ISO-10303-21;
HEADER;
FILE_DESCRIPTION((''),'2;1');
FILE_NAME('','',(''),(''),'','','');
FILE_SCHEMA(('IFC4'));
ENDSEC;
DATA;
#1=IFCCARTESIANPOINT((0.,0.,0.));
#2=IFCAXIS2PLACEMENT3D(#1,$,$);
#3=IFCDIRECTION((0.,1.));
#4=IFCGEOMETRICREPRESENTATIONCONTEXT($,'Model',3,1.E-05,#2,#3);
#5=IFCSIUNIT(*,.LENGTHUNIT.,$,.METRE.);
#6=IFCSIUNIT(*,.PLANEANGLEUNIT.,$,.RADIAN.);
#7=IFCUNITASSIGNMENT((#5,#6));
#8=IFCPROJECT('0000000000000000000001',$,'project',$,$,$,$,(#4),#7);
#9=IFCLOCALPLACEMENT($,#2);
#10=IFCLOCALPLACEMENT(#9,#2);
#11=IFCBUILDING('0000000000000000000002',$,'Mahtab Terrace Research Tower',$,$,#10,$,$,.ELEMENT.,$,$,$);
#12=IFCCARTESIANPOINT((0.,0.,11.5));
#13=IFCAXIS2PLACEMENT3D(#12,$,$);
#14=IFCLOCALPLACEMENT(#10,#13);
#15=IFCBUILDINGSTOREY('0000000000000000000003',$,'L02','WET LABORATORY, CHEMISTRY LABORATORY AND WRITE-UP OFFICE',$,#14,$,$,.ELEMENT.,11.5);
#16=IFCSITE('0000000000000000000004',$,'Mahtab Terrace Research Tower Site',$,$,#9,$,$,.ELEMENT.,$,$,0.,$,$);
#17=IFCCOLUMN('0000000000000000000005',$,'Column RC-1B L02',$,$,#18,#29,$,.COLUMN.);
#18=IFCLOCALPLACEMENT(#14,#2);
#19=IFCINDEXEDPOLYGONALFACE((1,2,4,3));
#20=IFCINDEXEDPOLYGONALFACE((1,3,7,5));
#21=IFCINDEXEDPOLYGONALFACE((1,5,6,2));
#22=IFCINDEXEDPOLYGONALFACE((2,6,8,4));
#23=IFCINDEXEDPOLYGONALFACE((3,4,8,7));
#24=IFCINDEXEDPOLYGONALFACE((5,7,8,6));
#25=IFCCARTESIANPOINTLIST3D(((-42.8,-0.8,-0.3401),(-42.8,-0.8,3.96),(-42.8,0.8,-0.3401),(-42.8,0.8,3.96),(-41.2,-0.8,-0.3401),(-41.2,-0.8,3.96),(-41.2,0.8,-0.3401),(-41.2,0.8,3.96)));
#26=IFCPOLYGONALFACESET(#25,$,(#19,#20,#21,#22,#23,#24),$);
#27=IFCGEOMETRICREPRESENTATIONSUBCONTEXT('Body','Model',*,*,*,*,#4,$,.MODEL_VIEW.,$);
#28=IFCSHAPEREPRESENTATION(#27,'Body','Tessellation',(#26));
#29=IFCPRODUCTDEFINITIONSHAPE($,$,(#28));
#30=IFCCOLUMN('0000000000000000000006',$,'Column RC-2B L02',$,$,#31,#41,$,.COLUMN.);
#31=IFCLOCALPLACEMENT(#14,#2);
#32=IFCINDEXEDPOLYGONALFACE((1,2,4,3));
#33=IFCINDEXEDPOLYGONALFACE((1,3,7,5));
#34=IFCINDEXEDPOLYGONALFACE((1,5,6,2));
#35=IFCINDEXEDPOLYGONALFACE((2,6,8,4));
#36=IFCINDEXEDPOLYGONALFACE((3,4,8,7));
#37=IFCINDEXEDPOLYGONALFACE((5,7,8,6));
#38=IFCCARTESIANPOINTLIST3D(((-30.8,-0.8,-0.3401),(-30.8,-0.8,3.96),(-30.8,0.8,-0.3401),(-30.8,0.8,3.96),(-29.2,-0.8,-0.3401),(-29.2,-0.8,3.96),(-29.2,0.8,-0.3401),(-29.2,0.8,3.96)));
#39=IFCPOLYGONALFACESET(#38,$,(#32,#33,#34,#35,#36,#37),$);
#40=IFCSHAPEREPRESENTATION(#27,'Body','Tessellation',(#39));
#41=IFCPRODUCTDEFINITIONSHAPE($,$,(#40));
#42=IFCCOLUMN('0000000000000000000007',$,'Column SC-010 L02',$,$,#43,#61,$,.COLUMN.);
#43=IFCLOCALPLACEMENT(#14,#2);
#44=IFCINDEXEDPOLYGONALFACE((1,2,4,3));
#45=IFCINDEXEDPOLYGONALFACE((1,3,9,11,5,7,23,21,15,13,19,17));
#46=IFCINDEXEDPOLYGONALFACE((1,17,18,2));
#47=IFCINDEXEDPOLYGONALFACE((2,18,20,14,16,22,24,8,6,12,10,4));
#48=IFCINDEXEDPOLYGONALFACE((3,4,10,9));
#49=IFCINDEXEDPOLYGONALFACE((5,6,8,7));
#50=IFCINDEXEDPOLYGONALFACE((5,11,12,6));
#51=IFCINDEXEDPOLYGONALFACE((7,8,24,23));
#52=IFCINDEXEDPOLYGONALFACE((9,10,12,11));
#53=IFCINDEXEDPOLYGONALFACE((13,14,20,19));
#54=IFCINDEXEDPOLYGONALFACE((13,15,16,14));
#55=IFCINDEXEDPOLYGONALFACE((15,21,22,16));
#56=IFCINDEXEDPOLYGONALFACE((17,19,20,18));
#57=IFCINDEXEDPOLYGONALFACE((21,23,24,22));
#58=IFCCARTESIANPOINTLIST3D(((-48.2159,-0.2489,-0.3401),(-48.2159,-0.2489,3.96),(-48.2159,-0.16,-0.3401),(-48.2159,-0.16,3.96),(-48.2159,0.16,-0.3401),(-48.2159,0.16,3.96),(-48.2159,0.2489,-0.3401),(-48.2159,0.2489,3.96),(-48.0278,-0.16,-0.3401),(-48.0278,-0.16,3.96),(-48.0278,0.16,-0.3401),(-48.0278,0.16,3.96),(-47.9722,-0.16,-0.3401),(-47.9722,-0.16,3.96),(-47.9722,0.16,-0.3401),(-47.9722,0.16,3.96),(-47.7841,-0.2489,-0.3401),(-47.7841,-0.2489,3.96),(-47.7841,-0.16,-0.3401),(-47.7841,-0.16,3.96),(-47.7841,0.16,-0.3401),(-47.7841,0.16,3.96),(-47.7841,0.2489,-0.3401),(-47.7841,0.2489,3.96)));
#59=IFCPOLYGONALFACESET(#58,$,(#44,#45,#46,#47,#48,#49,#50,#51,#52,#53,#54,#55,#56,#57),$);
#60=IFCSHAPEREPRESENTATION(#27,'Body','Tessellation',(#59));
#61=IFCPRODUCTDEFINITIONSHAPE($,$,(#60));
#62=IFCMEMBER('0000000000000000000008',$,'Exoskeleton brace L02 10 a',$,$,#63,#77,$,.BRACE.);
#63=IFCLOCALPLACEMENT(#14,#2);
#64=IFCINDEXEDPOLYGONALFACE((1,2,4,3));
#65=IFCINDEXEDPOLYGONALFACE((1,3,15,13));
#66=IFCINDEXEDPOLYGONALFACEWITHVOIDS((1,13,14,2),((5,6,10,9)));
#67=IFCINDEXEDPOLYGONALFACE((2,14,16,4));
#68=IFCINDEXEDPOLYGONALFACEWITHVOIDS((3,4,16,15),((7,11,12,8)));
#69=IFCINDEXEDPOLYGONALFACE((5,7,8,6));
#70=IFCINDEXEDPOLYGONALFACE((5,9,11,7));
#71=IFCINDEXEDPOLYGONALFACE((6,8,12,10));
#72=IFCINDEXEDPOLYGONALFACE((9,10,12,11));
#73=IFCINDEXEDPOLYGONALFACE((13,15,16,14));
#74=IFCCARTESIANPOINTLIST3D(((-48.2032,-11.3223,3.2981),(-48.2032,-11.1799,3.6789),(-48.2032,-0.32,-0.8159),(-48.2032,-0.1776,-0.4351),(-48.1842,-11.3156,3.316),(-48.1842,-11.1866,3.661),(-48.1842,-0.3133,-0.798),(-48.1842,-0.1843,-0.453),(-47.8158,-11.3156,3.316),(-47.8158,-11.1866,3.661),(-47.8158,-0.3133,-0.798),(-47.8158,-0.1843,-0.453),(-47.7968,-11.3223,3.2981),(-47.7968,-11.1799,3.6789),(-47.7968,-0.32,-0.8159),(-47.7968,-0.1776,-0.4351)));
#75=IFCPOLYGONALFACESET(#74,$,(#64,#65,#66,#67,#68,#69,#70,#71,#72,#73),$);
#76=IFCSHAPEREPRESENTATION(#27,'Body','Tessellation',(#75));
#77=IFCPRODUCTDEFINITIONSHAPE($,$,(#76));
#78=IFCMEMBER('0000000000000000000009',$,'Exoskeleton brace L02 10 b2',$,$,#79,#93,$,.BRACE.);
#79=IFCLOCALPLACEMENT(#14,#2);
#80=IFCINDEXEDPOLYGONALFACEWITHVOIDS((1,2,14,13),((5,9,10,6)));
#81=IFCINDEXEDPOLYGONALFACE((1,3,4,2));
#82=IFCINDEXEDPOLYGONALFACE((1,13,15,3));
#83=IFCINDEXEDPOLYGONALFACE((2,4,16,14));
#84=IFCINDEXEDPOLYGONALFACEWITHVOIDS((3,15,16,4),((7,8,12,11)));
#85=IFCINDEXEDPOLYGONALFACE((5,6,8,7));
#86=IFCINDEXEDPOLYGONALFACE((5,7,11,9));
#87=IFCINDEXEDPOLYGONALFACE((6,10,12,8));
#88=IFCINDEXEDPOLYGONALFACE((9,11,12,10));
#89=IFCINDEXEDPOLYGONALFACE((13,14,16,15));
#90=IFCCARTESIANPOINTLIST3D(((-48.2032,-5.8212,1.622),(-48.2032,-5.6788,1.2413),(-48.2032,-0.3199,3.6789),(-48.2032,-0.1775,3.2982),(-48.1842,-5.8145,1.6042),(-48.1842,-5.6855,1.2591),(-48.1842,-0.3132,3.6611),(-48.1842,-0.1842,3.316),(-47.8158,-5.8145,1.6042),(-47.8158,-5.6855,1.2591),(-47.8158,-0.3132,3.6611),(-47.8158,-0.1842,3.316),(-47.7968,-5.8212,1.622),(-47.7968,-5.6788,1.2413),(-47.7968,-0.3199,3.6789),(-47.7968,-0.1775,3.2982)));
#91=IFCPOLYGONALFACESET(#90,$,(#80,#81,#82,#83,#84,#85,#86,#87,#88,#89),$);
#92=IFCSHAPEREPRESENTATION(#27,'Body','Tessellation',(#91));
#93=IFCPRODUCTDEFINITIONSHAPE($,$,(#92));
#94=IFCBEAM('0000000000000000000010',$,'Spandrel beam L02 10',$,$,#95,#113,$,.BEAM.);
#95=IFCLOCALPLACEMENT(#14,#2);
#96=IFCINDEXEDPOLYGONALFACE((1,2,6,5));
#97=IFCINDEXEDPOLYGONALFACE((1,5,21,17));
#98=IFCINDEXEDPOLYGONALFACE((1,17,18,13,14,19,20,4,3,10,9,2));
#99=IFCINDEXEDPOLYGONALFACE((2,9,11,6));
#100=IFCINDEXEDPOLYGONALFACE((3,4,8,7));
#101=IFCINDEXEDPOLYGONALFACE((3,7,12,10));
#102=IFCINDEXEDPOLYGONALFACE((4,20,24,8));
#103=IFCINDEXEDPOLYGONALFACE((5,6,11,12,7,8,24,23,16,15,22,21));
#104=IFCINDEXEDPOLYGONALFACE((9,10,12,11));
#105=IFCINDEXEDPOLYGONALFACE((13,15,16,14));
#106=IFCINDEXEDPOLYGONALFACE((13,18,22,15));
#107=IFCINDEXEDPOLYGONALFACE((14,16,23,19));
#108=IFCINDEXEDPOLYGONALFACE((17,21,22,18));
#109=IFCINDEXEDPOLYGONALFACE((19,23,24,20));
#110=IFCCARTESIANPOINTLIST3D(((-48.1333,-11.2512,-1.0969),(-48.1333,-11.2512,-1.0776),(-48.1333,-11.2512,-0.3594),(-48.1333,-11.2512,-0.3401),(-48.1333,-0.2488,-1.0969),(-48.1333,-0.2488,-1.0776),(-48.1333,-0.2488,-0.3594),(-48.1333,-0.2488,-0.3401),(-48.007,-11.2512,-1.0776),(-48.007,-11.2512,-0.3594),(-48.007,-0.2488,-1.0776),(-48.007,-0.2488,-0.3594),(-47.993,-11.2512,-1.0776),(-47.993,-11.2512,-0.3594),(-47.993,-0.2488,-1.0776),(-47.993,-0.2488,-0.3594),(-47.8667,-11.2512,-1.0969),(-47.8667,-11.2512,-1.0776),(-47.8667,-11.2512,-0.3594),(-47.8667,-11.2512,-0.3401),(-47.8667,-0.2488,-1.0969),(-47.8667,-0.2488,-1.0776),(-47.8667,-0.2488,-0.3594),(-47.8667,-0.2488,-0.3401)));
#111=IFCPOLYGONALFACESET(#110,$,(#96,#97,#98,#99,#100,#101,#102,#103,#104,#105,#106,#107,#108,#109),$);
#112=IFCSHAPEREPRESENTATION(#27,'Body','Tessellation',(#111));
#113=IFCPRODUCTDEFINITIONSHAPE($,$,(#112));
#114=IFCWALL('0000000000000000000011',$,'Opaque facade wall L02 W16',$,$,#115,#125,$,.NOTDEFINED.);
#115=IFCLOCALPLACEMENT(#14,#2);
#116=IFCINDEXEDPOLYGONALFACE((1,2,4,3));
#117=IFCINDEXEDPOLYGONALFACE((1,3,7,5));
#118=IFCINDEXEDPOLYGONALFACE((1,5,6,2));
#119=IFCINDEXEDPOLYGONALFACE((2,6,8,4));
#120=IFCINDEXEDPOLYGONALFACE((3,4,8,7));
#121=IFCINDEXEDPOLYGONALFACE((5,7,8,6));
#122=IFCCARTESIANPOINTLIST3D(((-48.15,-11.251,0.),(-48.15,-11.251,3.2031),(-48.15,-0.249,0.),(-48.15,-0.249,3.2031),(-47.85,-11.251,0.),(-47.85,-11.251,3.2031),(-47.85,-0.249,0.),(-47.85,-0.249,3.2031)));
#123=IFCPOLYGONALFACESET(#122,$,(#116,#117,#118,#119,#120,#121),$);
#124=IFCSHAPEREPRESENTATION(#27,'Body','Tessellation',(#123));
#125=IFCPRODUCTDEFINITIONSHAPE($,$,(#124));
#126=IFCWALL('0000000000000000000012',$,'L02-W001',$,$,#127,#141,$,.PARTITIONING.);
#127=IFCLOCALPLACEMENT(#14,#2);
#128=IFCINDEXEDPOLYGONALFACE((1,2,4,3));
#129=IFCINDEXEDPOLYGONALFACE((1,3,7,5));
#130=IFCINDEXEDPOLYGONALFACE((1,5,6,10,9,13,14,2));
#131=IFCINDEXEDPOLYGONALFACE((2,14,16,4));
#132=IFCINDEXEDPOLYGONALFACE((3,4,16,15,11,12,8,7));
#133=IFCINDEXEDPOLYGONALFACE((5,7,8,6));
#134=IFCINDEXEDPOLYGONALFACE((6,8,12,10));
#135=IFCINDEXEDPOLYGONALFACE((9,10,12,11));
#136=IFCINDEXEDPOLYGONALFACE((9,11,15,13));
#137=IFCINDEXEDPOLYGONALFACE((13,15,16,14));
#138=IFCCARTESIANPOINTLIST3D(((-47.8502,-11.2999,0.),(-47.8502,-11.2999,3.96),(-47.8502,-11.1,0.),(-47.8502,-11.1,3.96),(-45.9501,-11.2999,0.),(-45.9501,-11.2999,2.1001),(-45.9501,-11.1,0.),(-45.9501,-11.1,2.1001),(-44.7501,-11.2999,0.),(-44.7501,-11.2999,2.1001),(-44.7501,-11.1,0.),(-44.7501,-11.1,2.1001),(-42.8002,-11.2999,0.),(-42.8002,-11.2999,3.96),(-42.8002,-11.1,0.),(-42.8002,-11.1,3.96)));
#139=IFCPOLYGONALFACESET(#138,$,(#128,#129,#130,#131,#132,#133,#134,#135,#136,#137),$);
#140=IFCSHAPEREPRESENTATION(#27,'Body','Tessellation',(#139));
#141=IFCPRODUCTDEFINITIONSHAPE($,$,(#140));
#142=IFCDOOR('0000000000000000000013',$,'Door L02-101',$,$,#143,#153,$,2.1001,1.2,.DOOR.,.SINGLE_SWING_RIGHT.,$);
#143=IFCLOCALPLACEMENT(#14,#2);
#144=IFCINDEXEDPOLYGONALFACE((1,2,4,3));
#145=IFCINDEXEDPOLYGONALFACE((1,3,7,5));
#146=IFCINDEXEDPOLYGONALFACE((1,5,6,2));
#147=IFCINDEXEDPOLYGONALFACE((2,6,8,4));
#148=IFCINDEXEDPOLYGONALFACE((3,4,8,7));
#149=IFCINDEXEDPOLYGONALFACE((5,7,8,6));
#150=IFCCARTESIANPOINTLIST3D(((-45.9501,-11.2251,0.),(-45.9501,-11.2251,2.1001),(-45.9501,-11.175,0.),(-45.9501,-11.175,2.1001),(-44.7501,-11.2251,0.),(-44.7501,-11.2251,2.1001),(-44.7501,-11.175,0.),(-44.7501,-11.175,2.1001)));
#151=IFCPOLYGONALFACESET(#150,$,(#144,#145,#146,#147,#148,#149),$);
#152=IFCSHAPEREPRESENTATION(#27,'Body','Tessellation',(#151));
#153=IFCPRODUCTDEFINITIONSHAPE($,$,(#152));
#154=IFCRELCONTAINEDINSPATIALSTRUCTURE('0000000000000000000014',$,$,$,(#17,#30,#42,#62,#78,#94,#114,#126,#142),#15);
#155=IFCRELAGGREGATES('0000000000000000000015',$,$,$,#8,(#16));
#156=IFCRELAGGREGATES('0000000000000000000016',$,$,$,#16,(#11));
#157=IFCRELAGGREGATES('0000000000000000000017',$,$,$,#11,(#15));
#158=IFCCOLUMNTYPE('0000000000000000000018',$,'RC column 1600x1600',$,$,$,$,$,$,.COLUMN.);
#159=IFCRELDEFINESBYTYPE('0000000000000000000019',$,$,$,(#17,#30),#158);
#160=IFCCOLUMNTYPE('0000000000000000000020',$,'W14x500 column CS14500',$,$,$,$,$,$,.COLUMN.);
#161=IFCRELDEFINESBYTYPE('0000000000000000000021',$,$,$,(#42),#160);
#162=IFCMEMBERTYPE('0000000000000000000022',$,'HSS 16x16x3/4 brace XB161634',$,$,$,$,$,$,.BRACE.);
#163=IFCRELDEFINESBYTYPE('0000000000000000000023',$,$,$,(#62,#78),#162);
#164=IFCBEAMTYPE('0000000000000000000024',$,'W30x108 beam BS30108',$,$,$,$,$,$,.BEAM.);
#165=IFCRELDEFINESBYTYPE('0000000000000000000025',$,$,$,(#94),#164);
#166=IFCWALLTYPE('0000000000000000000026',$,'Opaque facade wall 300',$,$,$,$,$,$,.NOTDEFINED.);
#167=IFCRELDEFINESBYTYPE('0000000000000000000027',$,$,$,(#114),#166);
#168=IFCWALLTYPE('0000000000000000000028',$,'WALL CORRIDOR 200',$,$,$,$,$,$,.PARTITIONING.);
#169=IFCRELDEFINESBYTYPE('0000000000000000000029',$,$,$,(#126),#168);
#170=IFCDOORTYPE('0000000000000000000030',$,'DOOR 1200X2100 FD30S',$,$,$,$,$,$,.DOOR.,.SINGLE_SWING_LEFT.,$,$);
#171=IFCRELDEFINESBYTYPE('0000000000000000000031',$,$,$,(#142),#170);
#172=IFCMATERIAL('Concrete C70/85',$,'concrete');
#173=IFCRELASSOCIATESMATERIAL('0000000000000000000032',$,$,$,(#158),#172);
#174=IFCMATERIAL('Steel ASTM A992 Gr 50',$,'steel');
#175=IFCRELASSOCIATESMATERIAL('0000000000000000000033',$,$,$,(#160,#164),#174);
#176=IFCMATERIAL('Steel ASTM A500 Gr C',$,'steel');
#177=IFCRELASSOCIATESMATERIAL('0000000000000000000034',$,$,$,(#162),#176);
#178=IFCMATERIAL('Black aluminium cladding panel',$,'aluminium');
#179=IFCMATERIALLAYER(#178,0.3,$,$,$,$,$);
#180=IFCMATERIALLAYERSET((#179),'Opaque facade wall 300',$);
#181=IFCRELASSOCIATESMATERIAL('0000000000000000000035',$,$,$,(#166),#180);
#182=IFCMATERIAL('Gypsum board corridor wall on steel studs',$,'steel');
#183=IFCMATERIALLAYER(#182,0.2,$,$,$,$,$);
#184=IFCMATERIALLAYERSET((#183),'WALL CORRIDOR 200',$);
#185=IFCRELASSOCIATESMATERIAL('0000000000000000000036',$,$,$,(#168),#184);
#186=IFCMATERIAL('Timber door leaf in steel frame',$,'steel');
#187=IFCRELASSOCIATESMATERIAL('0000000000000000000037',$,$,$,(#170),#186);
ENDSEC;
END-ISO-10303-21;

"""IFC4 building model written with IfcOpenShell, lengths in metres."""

from ifc_helpers import new_model, si_unit, direction, frame, frame_2d, origin, origin_2d, place, context, subcontext, project, spatial, rectangle, hollow_rectangle, i_section, extrude, material, layer, layer_set, material_profile, profile_set, type_object, element, fill, save


model = new_model("IFC4")

# Units and contexts
model_context = context("Model", 3, precision=1e-05, world=origin(), true_north=direction((0.0, 1.0)))
body_context = subcontext(model_context, "Body", "Model", "MODEL_VIEW")
ifc_project = project(units=[si_unit("LENGTHUNIT", "METRE"), si_unit("PLANEANGLEUNIT", "RADIAN")], contexts=[model_context])

# Site, building, storey
site_placement = place(None, origin())
site = spatial("IfcSite", under=ifc_project, at=site_placement, Name="Mahtab Terrace Research Tower Site", CompositionType="ELEMENT", RefElevation=0.0)
building_placement = place(site_placement, origin())
building = spatial("IfcBuilding", under=site, at=building_placement, Name="Mahtab Terrace Research Tower", CompositionType="ELEMENT")
storey_placement = place(building_placement, frame((0.0, 0.0, 11.5)))
storey = spatial("IfcBuildingStorey", under=building, at=storey_placement, Name="L02", Description="WET LABORATORY, CHEMISTRY LABORATORY AND WRITE-UP OFFICE", CompositionType="ELEMENT", Elevation=11.5)

# Columns
ifc_material_1 = material(Name="Concrete C70/85", Category="concrete")
ifc_material_profile_1 = material_profile(ifc_material_1, rectangle(XDim=1.6001, YDim=1.6001, at=origin_2d()), Name="RC column 1600x1600")
ifc_profile_set_1 = profile_set([ifc_material_profile_1], Name="Concrete C70/85")
column_type_1 = type_object("IfcColumnType", Name="RC column 1600x1600", PredefinedType="COLUMN", material=ifc_profile_set_1)
for number, where, z_axis, x_axis, name in (
    (1, (-42.0, 0.0, -0.3401), (0.0, 0.0, 1.0), (1.0, 0.0, 0.0), "Column RC-1B L02"),
    (2, (-30.0, 0.0, -0.3401), (0.0, 0.0, 1.0), (1.0, 0.0, 0.0), "Column RC-2B L02"),
):
    element("IfcColumn", number, at=place(storey_placement, frame(where, z_axis=z_axis, x_axis=x_axis)), inside=storey, type_object=column_type_1, Name=name, PredefinedType="COLUMN", context=body_context, shape_type="SweptSolid", body=[
        extrude(rectangle(XDim=1.6001, YDim=1.6001, at=origin_2d()), origin(), (0.0, 0.0, 1.0), 4.3),
    ])
ifc_material_2 = material(Name="Steel ASTM A992 Gr 50", Category="steel")
ifc_material_profile_2 = material_profile(ifc_material_2, i_section(OverallWidth=0.4319, OverallDepth=0.4978, WebThickness=0.0557, FlangeThickness=0.0889, at=origin_2d()), Name="W14X500")
ifc_profile_set_2 = profile_set([ifc_material_profile_2], Name="Steel ASTM A992 Gr 50")
column_type_2 = type_object("IfcColumnType", Name="W14x500 column CS14500", PredefinedType="COLUMN", material=ifc_profile_set_2)
column_placement = place(storey_placement, frame((-48.0, 0.0, -0.3401), z_axis=(0.0, 0.0, 1.0), x_axis=(1.0, 0.0, 0.0)))
element("IfcColumn", 3, at=column_placement, inside=storey, type_object=column_type_2, Name="Column SC-010 L02", PredefinedType="COLUMN", context=body_context, shape_type="SweptSolid", body=[
    extrude(i_section(OverallWidth=0.4319, OverallDepth=0.4978, WebThickness=0.0557, FlangeThickness=0.0889, at=origin_2d()), origin(), (0.0, 0.0, 1.0), 4.3),
])

# Members
ifc_material_3 = material(Name="Steel ASTM A500 Gr C", Category="steel")
ifc_material_profile_3 = material_profile(ifc_material_3, hollow_rectangle(XDim=0.4065, YDim=0.4065, WallThickness=0.019, at=origin_2d()), Name="HSS16X16X3/4")
ifc_profile_set_3 = profile_set([ifc_material_profile_3], Name="Steel ASTM A500 Gr C")
member_type = type_object("IfcMemberType", Name="HSS 16x16x3/4 brace XB161634", PredefinedType="BRACE", material=ifc_profile_set_3)
member_1_placement = place(storey_placement, frame((-48.0, -0.2488, -0.6255), z_axis=(0.0, -0.936662, 0.350235), x_axis=(1.0, 0.0, 0.0)))
element("IfcMember", 4, at=member_1_placement, inside=storey, type_object=member_type, Name="Exoskeleton brace L02 10 a", PredefinedType="BRACE", context=body_context, shape_type="SweptSolid", body=[
    extrude(hollow_rectangle(XDim=0.4065, YDim=0.4065, WallThickness=0.019, at=origin_2d()), origin(), (0.0, 0.0, 1.0), 11.7463),
])
member_2_placement = place(storey_placement, frame((-48.0, -5.75, 1.4316), z_axis=(0.0, 0.936669, 0.350217), x_axis=(-1.0, 0.0, 0.0)))
element("IfcMember", 5, at=member_2_placement, inside=storey, type_object=member_type, Name="Exoskeleton brace L02 10 b2", PredefinedType="BRACE", context=body_context, shape_type="SweptSolid", body=[
    extrude(hollow_rectangle(XDim=0.4065, YDim=0.4065, WallThickness=0.019, at=origin_2d()), origin(), (0.0, 0.0, 1.0), 5.8733),
])

# Beam
ifc_material_profile_4 = material_profile(ifc_material_2, i_section(OverallWidth=0.2666, OverallDepth=0.7568, WebThickness=0.0139, FlangeThickness=0.0193, at=origin_2d()), Name="W30X108")
ifc_profile_set_4 = profile_set([ifc_material_profile_4], Name="Steel ASTM A992 Gr 50")
beam_type = type_object("IfcBeamType", Name="W30x108 beam BS30108", PredefinedType="BEAM", material=ifc_profile_set_4)
beam_placement = place(storey_placement, frame((-48.0, -0.2488, -0.7185), z_axis=(0.0, -1.0, 0.0), x_axis=(1.0, 0.0, 0.0)))
element("IfcBeam", 6, at=beam_placement, inside=storey, type_object=beam_type, Name="Spandrel beam L02 10", PredefinedType="BEAM", context=body_context, shape_type="SweptSolid", body=[
    extrude(i_section(OverallWidth=0.2666, OverallDepth=0.7568, WebThickness=0.0139, FlangeThickness=0.0193, at=origin_2d()), origin(), (0.0, 0.0, 1.0), 11.0024),
])

# Wall
ifc_material_4 = material(Name="Black aluminium cladding panel", Category="aluminium")
ifc_layer_1 = layer(ifc_material_4, 0.3)
ifc_layer_set_1 = layer_set([ifc_layer_1], Name="Opaque facade wall 300")
wall_type_1 = type_object("IfcWallType", Name="Opaque facade wall 300", PredefinedType="NOTDEFINED", material=ifc_layer_set_1)
wall_1_placement = place(storey_placement, frame((-48.0, -0.249, 0.0), z_axis=(0.0, 0.0, 1.0), x_axis=(0.0, -1.0, 0.0)))
element("IfcWall", 7, at=wall_1_placement, inside=storey, type_object=wall_type_1, Name="Opaque facade wall L02 W16", PredefinedType="NOTDEFINED", context=body_context, shape_type="SweptSolid", body=[
    extrude(rectangle(XDim=11.002, YDim=0.3, at=frame_2d((5.501, 0.0))), origin(), (0.0, 0.0, 1.0), 3.2031),
])

# Wall, opening, door
ifc_material_5 = material(Name="Gypsum board corridor wall on steel studs", Category="steel")
ifc_layer_2 = layer(ifc_material_5, 0.2)
ifc_layer_set_2 = layer_set([ifc_layer_2], Name="WALL CORRIDOR 200")
wall_type_2 = type_object("IfcWallType", Name="WALL CORRIDOR 200", PredefinedType="PARTITIONING", material=ifc_layer_set_2)
wall_2_placement = place(storey_placement, frame((-47.8501, -11.2, 0.0), z_axis=(0.0, 0.0, 1.0), x_axis=(1.0, 0.0, 0.0)))
wall_2 = element("IfcWall", 8, at=wall_2_placement, inside=storey, type_object=wall_type_2, Name="L02-W001", PredefinedType="PARTITIONING", context=body_context, shape_type="SweptSolid", body=[
    extrude(rectangle(XDim=5.05, YDim=0.2, at=frame_2d((2.5249, 0.0))), origin(), (0.0, 0.0, 1.0), 3.96),
])
opening_1_placement = place(wall_2_placement, frame((1.8999, 0.0, 0.0)))
opening_1 = element("IfcOpeningElement", 9, at=opening_1_placement, cuts=wall_2, PredefinedType="OPENING", context=body_context, shape_type="SweptSolid", body=[
    extrude(rectangle(XDim=1.2, YDim=2.1001, at=frame_2d((0.6001, 1.05))), frame((0.0, 0.1099, 0.0), z_axis=(0.0, -1.0, 0.0), x_axis=(1.0, 0.0, 0.0)), (0.0, 0.0, 1.0), 0.22),
])
ifc_material_6 = material(Name="Timber door leaf in steel frame", Category="steel")
door_type = type_object("IfcDoorType", Name="DOOR 1200X2100 FD30S", OperationType="SINGLE_SWING_LEFT", PredefinedType="DOOR", material=ifc_material_6)
door_1_placement = place(opening_1_placement, origin())
door_1 = element("IfcDoor", 10, at=door_1_placement, inside=storey, type_object=door_type, Name="Door L02-101", OperationType="SINGLE_SWING_RIGHT", OverallHeight=2.1001, OverallWidth=1.2, PredefinedType="DOOR", context=body_context, shape_type="SweptSolid", body=[
    extrude(rectangle(XDim=1.2, YDim=2.1001, at=frame_2d((0.6001, 1.05))), frame((0.0, 0.0249, 0.0), z_axis=(0.0, -1.0, 0.0), x_axis=(1.0, 0.0, 0.0)), (0.0, 0.0, 1.0), 0.05),
])
fill(opening_1, door_1)

save(model, "model.ifc")
